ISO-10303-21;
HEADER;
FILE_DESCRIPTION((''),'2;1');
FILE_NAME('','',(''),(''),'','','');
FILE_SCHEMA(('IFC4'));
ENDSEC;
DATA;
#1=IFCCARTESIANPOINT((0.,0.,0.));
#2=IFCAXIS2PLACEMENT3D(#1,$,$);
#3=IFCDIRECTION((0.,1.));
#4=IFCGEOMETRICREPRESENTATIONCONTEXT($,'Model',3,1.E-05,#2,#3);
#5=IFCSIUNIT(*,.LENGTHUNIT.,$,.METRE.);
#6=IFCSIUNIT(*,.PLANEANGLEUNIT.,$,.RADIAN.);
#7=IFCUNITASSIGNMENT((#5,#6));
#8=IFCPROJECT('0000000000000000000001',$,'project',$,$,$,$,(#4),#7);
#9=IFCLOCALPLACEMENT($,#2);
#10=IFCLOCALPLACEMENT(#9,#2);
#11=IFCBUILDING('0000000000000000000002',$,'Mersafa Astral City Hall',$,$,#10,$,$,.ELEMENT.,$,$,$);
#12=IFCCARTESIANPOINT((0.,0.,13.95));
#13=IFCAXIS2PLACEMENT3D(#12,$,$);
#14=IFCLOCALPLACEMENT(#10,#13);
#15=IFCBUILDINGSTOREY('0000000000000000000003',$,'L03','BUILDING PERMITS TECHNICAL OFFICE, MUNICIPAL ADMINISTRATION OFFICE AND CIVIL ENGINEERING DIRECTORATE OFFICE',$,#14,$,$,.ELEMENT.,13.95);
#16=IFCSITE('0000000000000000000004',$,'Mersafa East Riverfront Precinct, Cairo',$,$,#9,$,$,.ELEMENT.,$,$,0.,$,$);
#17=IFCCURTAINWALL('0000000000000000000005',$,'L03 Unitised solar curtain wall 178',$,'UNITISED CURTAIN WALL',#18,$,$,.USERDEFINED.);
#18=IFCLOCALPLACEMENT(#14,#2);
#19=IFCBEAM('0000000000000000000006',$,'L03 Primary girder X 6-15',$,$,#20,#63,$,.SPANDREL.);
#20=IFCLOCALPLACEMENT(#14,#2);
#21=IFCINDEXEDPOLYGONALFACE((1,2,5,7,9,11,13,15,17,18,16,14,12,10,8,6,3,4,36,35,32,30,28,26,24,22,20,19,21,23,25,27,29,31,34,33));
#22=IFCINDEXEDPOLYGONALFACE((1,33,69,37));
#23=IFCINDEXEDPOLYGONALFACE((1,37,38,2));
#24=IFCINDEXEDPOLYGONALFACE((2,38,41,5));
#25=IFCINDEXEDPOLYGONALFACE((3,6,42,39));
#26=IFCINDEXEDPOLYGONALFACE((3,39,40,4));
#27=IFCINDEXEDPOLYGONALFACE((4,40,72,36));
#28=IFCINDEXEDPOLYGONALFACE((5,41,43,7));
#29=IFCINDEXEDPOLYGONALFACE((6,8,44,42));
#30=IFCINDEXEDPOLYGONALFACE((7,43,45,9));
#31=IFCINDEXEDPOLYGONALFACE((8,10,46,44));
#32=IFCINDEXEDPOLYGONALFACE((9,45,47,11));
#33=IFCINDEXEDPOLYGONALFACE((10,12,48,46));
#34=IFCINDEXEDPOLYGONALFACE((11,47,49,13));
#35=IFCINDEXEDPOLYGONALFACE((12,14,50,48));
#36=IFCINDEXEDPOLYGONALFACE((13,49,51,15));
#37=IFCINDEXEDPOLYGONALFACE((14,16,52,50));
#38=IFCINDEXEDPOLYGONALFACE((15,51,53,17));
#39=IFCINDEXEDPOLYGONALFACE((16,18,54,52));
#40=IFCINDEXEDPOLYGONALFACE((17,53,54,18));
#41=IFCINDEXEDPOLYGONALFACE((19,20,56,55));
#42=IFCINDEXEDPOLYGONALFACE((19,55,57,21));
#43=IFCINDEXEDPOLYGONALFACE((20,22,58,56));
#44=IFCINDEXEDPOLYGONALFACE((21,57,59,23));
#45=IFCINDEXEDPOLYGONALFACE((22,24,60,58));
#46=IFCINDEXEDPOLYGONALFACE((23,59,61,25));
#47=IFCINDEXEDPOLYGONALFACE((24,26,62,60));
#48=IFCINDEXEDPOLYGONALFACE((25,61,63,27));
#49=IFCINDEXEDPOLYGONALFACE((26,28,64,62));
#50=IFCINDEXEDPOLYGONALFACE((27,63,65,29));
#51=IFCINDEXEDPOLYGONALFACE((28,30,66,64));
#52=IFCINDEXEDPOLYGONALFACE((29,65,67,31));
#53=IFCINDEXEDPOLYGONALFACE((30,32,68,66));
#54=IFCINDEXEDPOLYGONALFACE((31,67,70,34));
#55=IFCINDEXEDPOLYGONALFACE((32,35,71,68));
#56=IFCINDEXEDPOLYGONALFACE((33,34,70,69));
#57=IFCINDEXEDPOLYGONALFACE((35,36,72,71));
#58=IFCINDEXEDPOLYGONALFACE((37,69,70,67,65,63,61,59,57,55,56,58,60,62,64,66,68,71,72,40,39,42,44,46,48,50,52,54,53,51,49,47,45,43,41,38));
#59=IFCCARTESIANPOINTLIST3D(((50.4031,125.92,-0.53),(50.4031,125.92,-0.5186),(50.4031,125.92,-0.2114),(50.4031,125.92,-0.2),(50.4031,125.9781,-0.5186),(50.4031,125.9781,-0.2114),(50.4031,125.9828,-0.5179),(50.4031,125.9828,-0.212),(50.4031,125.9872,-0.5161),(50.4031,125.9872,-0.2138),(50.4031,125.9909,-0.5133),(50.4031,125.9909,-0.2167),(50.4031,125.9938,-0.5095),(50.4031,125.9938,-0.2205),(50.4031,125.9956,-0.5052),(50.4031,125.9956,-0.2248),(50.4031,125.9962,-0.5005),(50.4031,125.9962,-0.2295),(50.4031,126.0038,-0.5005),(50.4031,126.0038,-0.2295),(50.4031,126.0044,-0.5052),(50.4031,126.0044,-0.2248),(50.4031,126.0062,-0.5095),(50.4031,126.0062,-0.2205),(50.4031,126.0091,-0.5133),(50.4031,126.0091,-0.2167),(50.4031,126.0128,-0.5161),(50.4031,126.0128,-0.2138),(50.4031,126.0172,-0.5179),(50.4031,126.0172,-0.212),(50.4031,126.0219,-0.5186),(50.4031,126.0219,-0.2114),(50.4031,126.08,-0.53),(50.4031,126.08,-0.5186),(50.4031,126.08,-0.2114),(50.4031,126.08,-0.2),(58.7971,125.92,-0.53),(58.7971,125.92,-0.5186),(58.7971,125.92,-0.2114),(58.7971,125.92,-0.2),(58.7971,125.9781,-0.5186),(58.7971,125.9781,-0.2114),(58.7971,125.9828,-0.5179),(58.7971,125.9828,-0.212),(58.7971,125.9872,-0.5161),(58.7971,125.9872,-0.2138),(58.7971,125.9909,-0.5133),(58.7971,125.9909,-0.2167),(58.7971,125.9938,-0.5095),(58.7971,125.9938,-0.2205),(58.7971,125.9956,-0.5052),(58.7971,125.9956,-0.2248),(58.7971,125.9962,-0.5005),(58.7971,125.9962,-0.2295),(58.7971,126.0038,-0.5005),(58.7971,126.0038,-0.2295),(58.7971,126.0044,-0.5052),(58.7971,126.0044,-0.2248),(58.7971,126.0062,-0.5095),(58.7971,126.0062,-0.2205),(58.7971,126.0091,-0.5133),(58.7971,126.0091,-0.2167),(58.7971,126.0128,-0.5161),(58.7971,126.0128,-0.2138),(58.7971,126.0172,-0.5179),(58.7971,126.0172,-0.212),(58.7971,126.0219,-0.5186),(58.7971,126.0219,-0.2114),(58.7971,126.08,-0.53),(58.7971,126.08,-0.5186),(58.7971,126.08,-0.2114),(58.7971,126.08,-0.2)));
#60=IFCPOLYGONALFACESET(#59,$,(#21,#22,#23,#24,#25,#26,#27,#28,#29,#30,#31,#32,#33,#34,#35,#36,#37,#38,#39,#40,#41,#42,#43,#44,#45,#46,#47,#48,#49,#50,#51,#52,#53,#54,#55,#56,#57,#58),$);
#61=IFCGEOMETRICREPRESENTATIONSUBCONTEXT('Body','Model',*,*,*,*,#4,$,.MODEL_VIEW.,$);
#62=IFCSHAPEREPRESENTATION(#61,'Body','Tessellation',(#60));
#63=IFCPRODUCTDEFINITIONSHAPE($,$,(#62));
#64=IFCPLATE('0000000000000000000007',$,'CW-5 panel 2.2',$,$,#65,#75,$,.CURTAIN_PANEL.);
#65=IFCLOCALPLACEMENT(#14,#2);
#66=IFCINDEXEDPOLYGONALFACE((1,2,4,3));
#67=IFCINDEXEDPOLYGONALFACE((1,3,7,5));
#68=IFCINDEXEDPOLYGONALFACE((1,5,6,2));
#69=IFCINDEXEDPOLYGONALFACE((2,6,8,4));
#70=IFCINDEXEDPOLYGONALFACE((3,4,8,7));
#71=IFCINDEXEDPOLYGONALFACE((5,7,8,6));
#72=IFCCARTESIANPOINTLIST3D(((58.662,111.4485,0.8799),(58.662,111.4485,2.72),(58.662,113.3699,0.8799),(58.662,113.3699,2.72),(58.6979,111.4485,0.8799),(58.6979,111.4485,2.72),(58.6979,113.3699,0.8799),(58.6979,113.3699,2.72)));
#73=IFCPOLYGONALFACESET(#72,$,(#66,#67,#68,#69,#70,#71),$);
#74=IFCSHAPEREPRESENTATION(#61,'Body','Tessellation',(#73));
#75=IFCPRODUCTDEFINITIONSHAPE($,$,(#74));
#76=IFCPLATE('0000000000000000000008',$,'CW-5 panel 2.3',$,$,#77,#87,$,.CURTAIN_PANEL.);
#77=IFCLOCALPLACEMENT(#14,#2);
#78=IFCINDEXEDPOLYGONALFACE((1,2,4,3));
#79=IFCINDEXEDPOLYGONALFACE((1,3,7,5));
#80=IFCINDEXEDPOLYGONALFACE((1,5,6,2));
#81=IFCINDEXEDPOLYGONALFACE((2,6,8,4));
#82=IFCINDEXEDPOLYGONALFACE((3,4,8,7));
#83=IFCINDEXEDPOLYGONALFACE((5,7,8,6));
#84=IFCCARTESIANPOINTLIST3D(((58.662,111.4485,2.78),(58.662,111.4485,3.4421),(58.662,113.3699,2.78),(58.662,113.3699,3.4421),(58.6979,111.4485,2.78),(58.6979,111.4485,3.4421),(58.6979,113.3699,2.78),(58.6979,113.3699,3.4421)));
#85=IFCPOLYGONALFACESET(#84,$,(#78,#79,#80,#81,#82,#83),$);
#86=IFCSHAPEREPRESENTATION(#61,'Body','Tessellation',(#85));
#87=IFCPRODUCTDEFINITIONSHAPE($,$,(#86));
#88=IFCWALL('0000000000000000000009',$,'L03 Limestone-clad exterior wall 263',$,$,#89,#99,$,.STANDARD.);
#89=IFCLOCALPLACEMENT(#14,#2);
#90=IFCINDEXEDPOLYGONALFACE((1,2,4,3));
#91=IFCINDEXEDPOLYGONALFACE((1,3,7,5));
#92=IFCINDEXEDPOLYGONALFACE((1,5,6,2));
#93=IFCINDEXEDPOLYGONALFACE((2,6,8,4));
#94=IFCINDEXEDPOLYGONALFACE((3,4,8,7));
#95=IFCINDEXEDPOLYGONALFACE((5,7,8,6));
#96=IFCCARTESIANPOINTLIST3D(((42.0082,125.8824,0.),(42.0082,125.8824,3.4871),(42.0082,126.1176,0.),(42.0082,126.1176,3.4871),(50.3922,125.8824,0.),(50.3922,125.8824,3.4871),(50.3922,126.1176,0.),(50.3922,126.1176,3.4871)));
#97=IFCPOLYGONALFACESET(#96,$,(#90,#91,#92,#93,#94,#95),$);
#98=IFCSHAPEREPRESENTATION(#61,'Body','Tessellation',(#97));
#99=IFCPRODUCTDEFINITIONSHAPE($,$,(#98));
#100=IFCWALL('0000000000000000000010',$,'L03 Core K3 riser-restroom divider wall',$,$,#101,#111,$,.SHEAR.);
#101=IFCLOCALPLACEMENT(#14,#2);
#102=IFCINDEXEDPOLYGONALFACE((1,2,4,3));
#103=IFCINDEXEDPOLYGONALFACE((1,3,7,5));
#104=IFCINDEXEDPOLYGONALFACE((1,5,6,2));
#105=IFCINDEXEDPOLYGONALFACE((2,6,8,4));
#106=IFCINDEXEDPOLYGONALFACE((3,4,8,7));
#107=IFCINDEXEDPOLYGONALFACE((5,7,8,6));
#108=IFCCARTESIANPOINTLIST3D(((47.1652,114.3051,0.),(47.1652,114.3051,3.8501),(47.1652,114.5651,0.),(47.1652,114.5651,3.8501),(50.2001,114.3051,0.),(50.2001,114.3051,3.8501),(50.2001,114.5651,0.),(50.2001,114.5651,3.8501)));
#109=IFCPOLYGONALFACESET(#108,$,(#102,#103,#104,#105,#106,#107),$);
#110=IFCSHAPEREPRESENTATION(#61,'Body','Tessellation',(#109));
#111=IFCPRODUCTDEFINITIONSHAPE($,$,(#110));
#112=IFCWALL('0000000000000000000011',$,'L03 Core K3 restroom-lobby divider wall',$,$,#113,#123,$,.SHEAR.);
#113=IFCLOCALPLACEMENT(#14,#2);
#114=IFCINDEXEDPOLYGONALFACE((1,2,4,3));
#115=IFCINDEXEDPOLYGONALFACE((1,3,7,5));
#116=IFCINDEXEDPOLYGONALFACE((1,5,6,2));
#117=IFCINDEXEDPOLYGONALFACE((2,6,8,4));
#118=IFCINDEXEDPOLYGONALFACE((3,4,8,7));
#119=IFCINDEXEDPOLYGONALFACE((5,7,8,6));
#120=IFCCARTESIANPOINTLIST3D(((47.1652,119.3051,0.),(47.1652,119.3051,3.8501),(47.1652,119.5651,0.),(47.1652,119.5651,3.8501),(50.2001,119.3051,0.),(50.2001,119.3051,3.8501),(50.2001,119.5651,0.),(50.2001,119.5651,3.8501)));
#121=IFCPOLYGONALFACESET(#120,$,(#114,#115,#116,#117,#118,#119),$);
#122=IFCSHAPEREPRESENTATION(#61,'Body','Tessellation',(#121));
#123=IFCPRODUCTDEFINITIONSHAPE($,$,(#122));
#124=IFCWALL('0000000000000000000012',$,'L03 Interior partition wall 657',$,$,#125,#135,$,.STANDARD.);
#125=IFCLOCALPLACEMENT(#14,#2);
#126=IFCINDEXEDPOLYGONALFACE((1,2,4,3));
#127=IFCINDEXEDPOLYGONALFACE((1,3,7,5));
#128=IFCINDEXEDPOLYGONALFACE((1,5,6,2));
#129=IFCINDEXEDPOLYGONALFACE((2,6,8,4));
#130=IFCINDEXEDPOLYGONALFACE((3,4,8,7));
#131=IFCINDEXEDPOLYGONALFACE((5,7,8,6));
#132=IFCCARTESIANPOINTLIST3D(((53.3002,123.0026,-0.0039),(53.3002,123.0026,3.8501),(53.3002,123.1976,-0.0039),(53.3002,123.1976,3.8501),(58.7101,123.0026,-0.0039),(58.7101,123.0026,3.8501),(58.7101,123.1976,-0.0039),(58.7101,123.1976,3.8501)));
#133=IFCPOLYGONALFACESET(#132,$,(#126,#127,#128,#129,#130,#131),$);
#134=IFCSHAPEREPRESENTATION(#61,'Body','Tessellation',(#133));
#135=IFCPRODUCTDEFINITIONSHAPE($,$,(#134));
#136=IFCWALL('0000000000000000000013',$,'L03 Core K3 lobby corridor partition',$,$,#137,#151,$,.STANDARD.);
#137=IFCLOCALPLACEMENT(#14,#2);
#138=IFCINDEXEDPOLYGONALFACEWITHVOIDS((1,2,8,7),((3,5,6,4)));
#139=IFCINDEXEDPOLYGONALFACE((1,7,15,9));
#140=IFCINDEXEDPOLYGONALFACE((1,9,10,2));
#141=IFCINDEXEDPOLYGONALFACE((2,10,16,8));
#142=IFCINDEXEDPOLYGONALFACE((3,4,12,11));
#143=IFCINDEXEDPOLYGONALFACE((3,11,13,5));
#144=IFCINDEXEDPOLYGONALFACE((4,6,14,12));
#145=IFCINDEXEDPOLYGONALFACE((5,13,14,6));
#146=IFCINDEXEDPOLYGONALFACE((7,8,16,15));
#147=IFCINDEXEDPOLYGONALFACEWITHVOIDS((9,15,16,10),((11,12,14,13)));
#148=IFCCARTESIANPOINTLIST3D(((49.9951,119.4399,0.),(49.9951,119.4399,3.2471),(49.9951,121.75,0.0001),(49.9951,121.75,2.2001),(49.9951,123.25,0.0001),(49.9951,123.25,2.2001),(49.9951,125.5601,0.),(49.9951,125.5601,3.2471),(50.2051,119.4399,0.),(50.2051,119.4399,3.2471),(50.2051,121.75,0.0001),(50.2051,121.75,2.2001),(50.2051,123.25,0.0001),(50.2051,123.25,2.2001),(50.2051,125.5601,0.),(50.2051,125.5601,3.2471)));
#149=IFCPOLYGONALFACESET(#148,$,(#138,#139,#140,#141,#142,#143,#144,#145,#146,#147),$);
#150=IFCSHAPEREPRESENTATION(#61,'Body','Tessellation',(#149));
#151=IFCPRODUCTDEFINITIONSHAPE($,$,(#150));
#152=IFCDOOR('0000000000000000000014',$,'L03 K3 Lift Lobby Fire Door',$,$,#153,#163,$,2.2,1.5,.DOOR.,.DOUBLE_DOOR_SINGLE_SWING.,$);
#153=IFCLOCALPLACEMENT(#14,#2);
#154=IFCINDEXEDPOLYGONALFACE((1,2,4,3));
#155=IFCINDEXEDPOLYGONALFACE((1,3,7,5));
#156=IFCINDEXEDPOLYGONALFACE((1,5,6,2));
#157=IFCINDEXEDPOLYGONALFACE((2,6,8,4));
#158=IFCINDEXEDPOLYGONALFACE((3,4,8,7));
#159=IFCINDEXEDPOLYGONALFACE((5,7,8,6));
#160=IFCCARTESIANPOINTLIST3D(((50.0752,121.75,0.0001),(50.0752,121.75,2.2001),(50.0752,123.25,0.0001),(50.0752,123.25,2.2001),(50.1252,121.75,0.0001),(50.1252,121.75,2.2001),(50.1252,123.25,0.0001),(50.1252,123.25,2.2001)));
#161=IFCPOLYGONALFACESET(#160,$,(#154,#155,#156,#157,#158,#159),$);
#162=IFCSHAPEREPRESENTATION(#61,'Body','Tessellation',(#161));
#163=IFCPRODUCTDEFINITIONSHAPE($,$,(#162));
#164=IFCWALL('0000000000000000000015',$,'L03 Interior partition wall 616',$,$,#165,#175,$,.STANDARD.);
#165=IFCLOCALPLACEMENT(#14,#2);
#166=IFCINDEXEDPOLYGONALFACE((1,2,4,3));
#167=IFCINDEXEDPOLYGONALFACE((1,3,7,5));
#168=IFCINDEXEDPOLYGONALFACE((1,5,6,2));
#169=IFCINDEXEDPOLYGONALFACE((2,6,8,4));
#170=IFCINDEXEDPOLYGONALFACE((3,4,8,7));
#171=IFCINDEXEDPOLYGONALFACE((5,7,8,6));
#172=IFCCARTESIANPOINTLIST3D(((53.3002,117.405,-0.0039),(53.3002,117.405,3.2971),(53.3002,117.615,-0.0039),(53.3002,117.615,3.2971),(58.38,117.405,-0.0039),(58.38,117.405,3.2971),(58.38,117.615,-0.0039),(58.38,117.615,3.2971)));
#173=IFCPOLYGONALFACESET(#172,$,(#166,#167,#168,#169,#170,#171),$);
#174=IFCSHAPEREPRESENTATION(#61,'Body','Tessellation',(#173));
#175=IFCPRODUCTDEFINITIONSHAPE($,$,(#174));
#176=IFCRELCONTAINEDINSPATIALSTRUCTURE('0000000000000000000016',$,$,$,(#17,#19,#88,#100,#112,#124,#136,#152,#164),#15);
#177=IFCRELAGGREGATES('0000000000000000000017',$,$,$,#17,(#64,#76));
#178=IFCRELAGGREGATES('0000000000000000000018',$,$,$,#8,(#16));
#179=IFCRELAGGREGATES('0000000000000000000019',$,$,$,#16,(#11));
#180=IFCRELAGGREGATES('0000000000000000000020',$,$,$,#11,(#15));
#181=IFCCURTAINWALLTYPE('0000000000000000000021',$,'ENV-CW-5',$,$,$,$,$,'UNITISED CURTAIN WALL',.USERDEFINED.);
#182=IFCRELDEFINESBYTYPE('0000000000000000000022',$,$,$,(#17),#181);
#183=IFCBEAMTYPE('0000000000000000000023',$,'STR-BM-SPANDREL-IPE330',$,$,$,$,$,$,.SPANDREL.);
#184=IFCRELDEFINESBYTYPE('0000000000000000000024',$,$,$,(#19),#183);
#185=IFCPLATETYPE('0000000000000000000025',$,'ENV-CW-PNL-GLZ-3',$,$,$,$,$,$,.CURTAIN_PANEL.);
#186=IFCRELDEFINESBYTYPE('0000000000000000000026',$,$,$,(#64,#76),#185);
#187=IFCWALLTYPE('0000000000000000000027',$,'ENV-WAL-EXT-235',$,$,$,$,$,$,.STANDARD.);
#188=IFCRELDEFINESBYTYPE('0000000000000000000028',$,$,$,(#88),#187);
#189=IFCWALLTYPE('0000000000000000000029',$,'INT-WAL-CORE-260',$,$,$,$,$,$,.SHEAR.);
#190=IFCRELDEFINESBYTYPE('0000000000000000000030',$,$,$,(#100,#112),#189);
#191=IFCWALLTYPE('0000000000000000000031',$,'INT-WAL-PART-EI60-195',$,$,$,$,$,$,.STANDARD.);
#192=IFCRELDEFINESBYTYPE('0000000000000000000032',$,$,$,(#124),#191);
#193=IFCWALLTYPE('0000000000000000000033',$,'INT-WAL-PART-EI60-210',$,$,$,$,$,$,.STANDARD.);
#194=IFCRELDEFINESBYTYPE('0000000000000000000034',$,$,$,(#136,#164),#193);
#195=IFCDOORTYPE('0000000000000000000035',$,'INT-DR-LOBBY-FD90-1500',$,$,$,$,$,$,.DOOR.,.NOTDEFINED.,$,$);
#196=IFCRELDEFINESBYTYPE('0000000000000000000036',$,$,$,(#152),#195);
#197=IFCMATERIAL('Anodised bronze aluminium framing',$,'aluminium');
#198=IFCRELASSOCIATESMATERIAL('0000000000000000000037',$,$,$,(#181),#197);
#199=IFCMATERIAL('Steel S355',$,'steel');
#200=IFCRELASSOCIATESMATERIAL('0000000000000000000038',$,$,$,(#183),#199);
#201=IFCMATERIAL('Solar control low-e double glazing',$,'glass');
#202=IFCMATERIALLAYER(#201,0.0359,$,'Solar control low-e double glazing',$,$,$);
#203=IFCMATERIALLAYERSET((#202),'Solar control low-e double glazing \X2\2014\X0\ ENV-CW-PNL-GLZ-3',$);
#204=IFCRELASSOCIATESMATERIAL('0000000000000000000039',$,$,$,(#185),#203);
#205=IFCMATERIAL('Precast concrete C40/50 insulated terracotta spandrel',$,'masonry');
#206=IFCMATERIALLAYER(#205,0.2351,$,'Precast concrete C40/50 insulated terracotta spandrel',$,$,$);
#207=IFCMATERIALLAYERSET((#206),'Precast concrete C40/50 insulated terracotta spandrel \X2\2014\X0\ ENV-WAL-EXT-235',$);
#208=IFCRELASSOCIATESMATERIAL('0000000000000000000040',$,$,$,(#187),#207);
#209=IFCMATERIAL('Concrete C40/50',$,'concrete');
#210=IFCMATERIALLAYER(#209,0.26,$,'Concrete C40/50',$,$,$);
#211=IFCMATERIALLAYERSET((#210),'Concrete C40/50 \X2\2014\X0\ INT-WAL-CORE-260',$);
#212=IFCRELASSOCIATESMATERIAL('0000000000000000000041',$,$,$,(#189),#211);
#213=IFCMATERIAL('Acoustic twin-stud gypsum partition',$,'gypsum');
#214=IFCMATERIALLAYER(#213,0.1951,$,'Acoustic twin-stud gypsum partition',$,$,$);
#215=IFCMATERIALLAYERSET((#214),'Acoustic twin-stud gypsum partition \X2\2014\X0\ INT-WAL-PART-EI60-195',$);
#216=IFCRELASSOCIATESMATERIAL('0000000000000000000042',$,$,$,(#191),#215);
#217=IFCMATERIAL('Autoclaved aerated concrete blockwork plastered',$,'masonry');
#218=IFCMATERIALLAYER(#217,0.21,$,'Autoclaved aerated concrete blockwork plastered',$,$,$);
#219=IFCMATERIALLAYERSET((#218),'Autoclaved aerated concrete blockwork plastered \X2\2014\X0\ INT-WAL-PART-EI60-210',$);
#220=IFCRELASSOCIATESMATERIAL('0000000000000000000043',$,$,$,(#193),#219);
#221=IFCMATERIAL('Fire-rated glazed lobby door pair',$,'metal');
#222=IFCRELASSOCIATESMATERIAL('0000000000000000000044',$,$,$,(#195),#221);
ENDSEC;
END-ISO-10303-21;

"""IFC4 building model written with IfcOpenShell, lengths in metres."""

from ifc_helpers import new_model, si_unit, direction, frame, frame_2d, origin, origin_2d, place, context, subcontext, project, spatial, rectangle, i_section, extrude, material, layer, layer_set, material_profile, profile_set, type_object, element, fill, aggregate, save


model = new_model("IFC4")

# Units and contexts
model_context = context("Model", 3, precision=1e-05, world=origin(), true_north=direction((0.0, 1.0)))
body_context = subcontext(model_context, "Body", "Model", "MODEL_VIEW")
ifc_project = project(units=[si_unit("LENGTHUNIT", "METRE"), si_unit("PLANEANGLEUNIT", "RADIAN")], contexts=[model_context])

# Site, building, storey
site_placement = place(None, origin())
site = spatial("IfcSite", under=ifc_project, at=site_placement, Name="Mersafa East Riverfront Precinct, Cairo", CompositionType="ELEMENT", RefElevation=0.0)
building_placement = place(site_placement, origin())
building = spatial("IfcBuilding", under=site, at=building_placement, Name="Mersafa Astral City Hall", CompositionType="ELEMENT")
storey_placement = place(building_placement, frame((0.0, 0.0, 13.95)))
storey = spatial("IfcBuildingStorey", under=building, at=storey_placement, Name="L03", Description="BUILDING PERMITS TECHNICAL OFFICE, MUNICIPAL ADMINISTRATION OFFICE AND CIVIL ENGINEERING DIRECTORATE OFFICE", CompositionType="ELEMENT", Elevation=13.95)

# Shared definitions
ifc_material_1 = material(Name="Steel S355", Category="steel")

# Curtain wall
ifc_material_2 = material(Name="Anodised bronze aluminium framing", Category="aluminium")
curtain_wall_type = type_object("IfcCurtainWallType", Name="ENV-CW-5", ElementType="UNITISED CURTAIN WALL", PredefinedType="USERDEFINED", material=ifc_material_2)
curtain_wall_placement = place(storey_placement, origin())
curtain_wall = element("IfcCurtainWall", 1, at=curtain_wall_placement, inside=storey, type_object=curtain_wall_type, Name="L03 Unitised solar curtain wall 178", ObjectType="UNITISED CURTAIN WALL", PredefinedType="USERDEFINED")

# Beam
ifc_material_profile_1 = material_profile(ifc_material_1, i_section(OverallWidth=0.1599, OverallDepth=0.3301, WebThickness=0.0076, FlangeThickness=0.0115, FilletRadius=0.0181, at=origin_2d()), Name="IPE 330")
ifc_profile_set_1 = profile_set([ifc_material_profile_1], Name="Steel S355")
beam_type_1 = type_object("IfcBeamType", Name="STR-BM-SPANDREL-IPE330", PredefinedType="SPANDREL", material=ifc_profile_set_1)
beam_1_placement = place(storey_placement, frame((50.4031, 126.0, -0.365), z_axis=(1.0, 0.0, 0.0), x_axis=(0.0, 1.0, 0.0)))
element("IfcBeam", 2, at=beam_1_placement, inside=storey, type_object=beam_type_1, Name="L03 Primary girder X 6-15", PredefinedType="SPANDREL", context=body_context, shape_type="SweptSolid", body=[
    extrude(i_section(OverallWidth=0.1599, OverallDepth=0.3301, WebThickness=0.0076, FlangeThickness=0.0115, FilletRadius=0.0181, at=origin_2d()), origin(), (0.0, 0.0, 1.0), 8.394),
])

# Plates
ifc_material_3 = material(Name="Solar control low-e double glazing", Category="glass")
ifc_layer_1 = layer(ifc_material_3, 0.0359, Name="Solar control low-e double glazing")
ifc_layer_set_1 = layer_set([ifc_layer_1], Name="Solar control low-e double glazing — ENV-CW-PNL-GLZ-3")
plate_type = type_object("IfcPlateType", Name="ENV-CW-PNL-GLZ-3", PredefinedType="CURTAIN_PANEL", material=ifc_layer_set_1)
plate_1_placement = place(storey_placement, frame((58.6799, 112.4092, 0.8799), z_axis=(0.0, 0.0, 1.0), x_axis=(0.0, 1.0, 0.0)))
plate_1 = element("IfcPlate", 3, at=plate_1_placement, type_object=plate_type, Name="CW-5 panel 2.2", PredefinedType="CURTAIN_PANEL", context=body_context, shape_type="SweptSolid", body=[
    extrude(rectangle(XDim=1.9214, YDim=0.0359, at=origin_2d()), origin(), (0.0, 0.0, 1.0), 1.8401),
])
plate_2_placement = place(storey_placement, frame((58.6799, 112.4092, 2.78), z_axis=(0.0, 0.0, 1.0), x_axis=(0.0, 1.0, 0.0)))
plate_2 = element("IfcPlate", 4, at=plate_2_placement, type_object=plate_type, Name="CW-5 panel 2.3", PredefinedType="CURTAIN_PANEL", context=body_context, shape_type="SweptSolid", body=[
    extrude(rectangle(XDim=1.9214, YDim=0.0359, at=origin_2d()), origin(), (0.0, 0.0, 1.0), 0.6621),
])
aggregate(curtain_wall, [plate_1, plate_2])

# Walls
ifc_material_4 = material(Name="Precast concrete C40/50 insulated terracotta spandrel", Category="masonry")
ifc_layer_2 = layer(ifc_material_4, 0.2351, Name="Precast concrete C40/50 insulated terracotta spandrel")
ifc_layer_set_2 = layer_set([ifc_layer_2], Name="Precast concrete C40/50 insulated terracotta spandrel — ENV-WAL-EXT-235")
wall_type_1 = type_object("IfcWallType", Name="ENV-WAL-EXT-235", PredefinedType="STANDARD", material=ifc_layer_set_2)
wall_1_placement = place(storey_placement, frame((50.3921, 126.0, 0.0), z_axis=(0.0, 0.0, 1.0), x_axis=(-1.0, 0.0, 0.0)))
element("IfcWall", 5, at=wall_1_placement, inside=storey, type_object=wall_type_1, Name="L03 Limestone-clad exterior wall 263", PredefinedType="STANDARD", context=body_context, shape_type="SweptSolid", body=[
    extrude(rectangle(XDim=8.384, YDim=0.2351, at=frame_2d((4.1919, 0.0))), origin(), (0.0, 0.0, 1.0), 3.4871),
])
ifc_material_5 = material(Name="Concrete C40/50", Category="concrete")
ifc_layer_3 = layer(ifc_material_5, 0.26, Name="Concrete C40/50")
ifc_layer_set_3 = layer_set([ifc_layer_3], Name="Concrete C40/50 — INT-WAL-CORE-260")
wall_type_2 = type_object("IfcWallType", Name="INT-WAL-CORE-260", PredefinedType="SHEAR", material=ifc_layer_set_3)
for number, where, z_axis, x_axis, name in (
    (6, (47.165, 114.4351, 0.0), (0.0, 0.0, 1.0), (1.0, 0.0, 0.0), "L03 Core K3 riser-restroom divider wall"),
    (7, (47.165, 119.4351, 0.0), (0.0, 0.0, 1.0), (1.0, 0.0, 0.0), "L03 Core K3 restroom-lobby divider wall"),
):
    element("IfcWall", number, at=place(storey_placement, frame(where, z_axis=z_axis, x_axis=x_axis)), inside=storey, type_object=wall_type_2, Name=name, PredefinedType="SHEAR", context=body_context, shape_type="SweptSolid", body=[
        extrude(rectangle(XDim=3.0349, YDim=0.26, at=frame_2d((1.5176, 0.0))), origin(), (0.0, 0.0, 1.0), 3.8501),
    ])
ifc_material_6 = material(Name="Acoustic twin-stud gypsum partition", Category="gypsum")
ifc_layer_4 = layer(ifc_material_6, 0.1951, Name="Acoustic twin-stud gypsum partition")
ifc_layer_set_4 = layer_set([ifc_layer_4], Name="Acoustic twin-stud gypsum partition — INT-WAL-PART-EI60-195")
wall_type_3 = type_object("IfcWallType", Name="INT-WAL-PART-EI60-195", PredefinedType="STANDARD", material=ifc_layer_set_4)
wall_2_placement = place(storey_placement, frame((53.3, 123.1001, -0.0039), z_axis=(0.0, 0.0, 1.0), x_axis=(1.0, 0.0, 0.0)))
element("IfcWall", 8, at=wall_2_placement, inside=storey, type_object=wall_type_3, Name="L03 Interior partition wall 657", PredefinedType="STANDARD", context=body_context, shape_type="SweptSolid", body=[
    extrude(rectangle(XDim=5.4099, YDim=0.1951, at=frame_2d((2.7051, 0.0))), origin(), (0.0, 0.0, 1.0), 3.854),
])

# Wall, opening, door
ifc_material_7 = material(Name="Autoclaved aerated concrete blockwork plastered", Category="masonry")
ifc_layer_5 = layer(ifc_material_7, 0.21, Name="Autoclaved aerated concrete blockwork plastered")
ifc_layer_set_5 = layer_set([ifc_layer_5], Name="Autoclaved aerated concrete blockwork plastered — INT-WAL-PART-EI60-210")
wall_type_4 = type_object("IfcWallType", Name="INT-WAL-PART-EI60-210", PredefinedType="STANDARD", material=ifc_layer_set_5)
wall_3_placement = place(storey_placement, frame((50.1001, 119.4399, 0.0), z_axis=(0.0, 0.0, 1.0), x_axis=(0.0, 1.0, 0.0)))
wall_3 = element("IfcWall", 9, at=wall_3_placement, inside=storey, type_object=wall_type_4, Name="L03 Core K3 lobby corridor partition", PredefinedType="STANDARD", context=body_context, shape_type="SweptSolid", body=[
    extrude(rectangle(XDim=6.1201, YDim=0.21, at=frame_2d((3.0601, 0.0))), origin(), (0.0, 0.0, 1.0), 3.2471),
])
opening_1_placement = place(wall_3_placement, frame((2.3101, 0.0, 0.0)))
opening_1 = element("IfcOpeningElement", 10, at=opening_1_placement, cuts=wall_3, PredefinedType="OPENING", context=body_context, shape_type="SweptSolid", body=[
    extrude(rectangle(XDim=1.5, YDim=2.2, at=frame_2d((0.75, 1.1001))), frame((0.0, 0.115, 0.0), z_axis=(0.0, -1.0, 0.0), x_axis=(1.0, 0.0, 0.0)), (0.0, 0.0, 1.0), 0.23),
])
ifc_material_8 = material(Name="Fire-rated glazed lobby door pair", Category="metal")
door_type_1 = type_object("IfcDoorType", Name="INT-DR-LOBBY-FD90-1500", OperationType="NOTDEFINED", PredefinedType="DOOR", material=ifc_material_8)
door_1_placement = place(opening_1_placement, origin())
door_1 = element("IfcDoor", 11, at=door_1_placement, inside=storey, type_object=door_type_1, Name="L03 K3 Lift Lobby Fire Door", OperationType="DOUBLE_DOOR_SINGLE_SWING", OverallHeight=2.2, OverallWidth=1.5, PredefinedType="DOOR", context=body_context, shape_type="SweptSolid", body=[
    extrude(rectangle(XDim=1.5, YDim=2.2, at=frame_2d((0.75, 1.1001))), frame((0.0, 0.0249, 0.0), z_axis=(0.0, -1.0, 0.0), x_axis=(1.0, 0.0, 0.0)), (0.0, 0.0, 1.0), 0.05),
])
fill(opening_1, door_1)

# Wall
wall_4_placement = place(storey_placement, frame((53.3, 117.51, -0.0039), z_axis=(0.0, 0.0, 1.0), x_axis=(1.0, 0.0, 0.0)))
element("IfcWall", 12, at=wall_4_placement, inside=storey, type_object=wall_type_4, Name="L03 Interior partition wall 616", PredefinedType="STANDARD", context=body_context, shape_type="SweptSolid", body=[
    extrude(rectangle(XDim=5.0798, YDim=0.21, at=frame_2d((2.54, 0.0))), origin(), (0.0, 0.0, 1.0), 3.301),
])

save(model, "model.ifc")
